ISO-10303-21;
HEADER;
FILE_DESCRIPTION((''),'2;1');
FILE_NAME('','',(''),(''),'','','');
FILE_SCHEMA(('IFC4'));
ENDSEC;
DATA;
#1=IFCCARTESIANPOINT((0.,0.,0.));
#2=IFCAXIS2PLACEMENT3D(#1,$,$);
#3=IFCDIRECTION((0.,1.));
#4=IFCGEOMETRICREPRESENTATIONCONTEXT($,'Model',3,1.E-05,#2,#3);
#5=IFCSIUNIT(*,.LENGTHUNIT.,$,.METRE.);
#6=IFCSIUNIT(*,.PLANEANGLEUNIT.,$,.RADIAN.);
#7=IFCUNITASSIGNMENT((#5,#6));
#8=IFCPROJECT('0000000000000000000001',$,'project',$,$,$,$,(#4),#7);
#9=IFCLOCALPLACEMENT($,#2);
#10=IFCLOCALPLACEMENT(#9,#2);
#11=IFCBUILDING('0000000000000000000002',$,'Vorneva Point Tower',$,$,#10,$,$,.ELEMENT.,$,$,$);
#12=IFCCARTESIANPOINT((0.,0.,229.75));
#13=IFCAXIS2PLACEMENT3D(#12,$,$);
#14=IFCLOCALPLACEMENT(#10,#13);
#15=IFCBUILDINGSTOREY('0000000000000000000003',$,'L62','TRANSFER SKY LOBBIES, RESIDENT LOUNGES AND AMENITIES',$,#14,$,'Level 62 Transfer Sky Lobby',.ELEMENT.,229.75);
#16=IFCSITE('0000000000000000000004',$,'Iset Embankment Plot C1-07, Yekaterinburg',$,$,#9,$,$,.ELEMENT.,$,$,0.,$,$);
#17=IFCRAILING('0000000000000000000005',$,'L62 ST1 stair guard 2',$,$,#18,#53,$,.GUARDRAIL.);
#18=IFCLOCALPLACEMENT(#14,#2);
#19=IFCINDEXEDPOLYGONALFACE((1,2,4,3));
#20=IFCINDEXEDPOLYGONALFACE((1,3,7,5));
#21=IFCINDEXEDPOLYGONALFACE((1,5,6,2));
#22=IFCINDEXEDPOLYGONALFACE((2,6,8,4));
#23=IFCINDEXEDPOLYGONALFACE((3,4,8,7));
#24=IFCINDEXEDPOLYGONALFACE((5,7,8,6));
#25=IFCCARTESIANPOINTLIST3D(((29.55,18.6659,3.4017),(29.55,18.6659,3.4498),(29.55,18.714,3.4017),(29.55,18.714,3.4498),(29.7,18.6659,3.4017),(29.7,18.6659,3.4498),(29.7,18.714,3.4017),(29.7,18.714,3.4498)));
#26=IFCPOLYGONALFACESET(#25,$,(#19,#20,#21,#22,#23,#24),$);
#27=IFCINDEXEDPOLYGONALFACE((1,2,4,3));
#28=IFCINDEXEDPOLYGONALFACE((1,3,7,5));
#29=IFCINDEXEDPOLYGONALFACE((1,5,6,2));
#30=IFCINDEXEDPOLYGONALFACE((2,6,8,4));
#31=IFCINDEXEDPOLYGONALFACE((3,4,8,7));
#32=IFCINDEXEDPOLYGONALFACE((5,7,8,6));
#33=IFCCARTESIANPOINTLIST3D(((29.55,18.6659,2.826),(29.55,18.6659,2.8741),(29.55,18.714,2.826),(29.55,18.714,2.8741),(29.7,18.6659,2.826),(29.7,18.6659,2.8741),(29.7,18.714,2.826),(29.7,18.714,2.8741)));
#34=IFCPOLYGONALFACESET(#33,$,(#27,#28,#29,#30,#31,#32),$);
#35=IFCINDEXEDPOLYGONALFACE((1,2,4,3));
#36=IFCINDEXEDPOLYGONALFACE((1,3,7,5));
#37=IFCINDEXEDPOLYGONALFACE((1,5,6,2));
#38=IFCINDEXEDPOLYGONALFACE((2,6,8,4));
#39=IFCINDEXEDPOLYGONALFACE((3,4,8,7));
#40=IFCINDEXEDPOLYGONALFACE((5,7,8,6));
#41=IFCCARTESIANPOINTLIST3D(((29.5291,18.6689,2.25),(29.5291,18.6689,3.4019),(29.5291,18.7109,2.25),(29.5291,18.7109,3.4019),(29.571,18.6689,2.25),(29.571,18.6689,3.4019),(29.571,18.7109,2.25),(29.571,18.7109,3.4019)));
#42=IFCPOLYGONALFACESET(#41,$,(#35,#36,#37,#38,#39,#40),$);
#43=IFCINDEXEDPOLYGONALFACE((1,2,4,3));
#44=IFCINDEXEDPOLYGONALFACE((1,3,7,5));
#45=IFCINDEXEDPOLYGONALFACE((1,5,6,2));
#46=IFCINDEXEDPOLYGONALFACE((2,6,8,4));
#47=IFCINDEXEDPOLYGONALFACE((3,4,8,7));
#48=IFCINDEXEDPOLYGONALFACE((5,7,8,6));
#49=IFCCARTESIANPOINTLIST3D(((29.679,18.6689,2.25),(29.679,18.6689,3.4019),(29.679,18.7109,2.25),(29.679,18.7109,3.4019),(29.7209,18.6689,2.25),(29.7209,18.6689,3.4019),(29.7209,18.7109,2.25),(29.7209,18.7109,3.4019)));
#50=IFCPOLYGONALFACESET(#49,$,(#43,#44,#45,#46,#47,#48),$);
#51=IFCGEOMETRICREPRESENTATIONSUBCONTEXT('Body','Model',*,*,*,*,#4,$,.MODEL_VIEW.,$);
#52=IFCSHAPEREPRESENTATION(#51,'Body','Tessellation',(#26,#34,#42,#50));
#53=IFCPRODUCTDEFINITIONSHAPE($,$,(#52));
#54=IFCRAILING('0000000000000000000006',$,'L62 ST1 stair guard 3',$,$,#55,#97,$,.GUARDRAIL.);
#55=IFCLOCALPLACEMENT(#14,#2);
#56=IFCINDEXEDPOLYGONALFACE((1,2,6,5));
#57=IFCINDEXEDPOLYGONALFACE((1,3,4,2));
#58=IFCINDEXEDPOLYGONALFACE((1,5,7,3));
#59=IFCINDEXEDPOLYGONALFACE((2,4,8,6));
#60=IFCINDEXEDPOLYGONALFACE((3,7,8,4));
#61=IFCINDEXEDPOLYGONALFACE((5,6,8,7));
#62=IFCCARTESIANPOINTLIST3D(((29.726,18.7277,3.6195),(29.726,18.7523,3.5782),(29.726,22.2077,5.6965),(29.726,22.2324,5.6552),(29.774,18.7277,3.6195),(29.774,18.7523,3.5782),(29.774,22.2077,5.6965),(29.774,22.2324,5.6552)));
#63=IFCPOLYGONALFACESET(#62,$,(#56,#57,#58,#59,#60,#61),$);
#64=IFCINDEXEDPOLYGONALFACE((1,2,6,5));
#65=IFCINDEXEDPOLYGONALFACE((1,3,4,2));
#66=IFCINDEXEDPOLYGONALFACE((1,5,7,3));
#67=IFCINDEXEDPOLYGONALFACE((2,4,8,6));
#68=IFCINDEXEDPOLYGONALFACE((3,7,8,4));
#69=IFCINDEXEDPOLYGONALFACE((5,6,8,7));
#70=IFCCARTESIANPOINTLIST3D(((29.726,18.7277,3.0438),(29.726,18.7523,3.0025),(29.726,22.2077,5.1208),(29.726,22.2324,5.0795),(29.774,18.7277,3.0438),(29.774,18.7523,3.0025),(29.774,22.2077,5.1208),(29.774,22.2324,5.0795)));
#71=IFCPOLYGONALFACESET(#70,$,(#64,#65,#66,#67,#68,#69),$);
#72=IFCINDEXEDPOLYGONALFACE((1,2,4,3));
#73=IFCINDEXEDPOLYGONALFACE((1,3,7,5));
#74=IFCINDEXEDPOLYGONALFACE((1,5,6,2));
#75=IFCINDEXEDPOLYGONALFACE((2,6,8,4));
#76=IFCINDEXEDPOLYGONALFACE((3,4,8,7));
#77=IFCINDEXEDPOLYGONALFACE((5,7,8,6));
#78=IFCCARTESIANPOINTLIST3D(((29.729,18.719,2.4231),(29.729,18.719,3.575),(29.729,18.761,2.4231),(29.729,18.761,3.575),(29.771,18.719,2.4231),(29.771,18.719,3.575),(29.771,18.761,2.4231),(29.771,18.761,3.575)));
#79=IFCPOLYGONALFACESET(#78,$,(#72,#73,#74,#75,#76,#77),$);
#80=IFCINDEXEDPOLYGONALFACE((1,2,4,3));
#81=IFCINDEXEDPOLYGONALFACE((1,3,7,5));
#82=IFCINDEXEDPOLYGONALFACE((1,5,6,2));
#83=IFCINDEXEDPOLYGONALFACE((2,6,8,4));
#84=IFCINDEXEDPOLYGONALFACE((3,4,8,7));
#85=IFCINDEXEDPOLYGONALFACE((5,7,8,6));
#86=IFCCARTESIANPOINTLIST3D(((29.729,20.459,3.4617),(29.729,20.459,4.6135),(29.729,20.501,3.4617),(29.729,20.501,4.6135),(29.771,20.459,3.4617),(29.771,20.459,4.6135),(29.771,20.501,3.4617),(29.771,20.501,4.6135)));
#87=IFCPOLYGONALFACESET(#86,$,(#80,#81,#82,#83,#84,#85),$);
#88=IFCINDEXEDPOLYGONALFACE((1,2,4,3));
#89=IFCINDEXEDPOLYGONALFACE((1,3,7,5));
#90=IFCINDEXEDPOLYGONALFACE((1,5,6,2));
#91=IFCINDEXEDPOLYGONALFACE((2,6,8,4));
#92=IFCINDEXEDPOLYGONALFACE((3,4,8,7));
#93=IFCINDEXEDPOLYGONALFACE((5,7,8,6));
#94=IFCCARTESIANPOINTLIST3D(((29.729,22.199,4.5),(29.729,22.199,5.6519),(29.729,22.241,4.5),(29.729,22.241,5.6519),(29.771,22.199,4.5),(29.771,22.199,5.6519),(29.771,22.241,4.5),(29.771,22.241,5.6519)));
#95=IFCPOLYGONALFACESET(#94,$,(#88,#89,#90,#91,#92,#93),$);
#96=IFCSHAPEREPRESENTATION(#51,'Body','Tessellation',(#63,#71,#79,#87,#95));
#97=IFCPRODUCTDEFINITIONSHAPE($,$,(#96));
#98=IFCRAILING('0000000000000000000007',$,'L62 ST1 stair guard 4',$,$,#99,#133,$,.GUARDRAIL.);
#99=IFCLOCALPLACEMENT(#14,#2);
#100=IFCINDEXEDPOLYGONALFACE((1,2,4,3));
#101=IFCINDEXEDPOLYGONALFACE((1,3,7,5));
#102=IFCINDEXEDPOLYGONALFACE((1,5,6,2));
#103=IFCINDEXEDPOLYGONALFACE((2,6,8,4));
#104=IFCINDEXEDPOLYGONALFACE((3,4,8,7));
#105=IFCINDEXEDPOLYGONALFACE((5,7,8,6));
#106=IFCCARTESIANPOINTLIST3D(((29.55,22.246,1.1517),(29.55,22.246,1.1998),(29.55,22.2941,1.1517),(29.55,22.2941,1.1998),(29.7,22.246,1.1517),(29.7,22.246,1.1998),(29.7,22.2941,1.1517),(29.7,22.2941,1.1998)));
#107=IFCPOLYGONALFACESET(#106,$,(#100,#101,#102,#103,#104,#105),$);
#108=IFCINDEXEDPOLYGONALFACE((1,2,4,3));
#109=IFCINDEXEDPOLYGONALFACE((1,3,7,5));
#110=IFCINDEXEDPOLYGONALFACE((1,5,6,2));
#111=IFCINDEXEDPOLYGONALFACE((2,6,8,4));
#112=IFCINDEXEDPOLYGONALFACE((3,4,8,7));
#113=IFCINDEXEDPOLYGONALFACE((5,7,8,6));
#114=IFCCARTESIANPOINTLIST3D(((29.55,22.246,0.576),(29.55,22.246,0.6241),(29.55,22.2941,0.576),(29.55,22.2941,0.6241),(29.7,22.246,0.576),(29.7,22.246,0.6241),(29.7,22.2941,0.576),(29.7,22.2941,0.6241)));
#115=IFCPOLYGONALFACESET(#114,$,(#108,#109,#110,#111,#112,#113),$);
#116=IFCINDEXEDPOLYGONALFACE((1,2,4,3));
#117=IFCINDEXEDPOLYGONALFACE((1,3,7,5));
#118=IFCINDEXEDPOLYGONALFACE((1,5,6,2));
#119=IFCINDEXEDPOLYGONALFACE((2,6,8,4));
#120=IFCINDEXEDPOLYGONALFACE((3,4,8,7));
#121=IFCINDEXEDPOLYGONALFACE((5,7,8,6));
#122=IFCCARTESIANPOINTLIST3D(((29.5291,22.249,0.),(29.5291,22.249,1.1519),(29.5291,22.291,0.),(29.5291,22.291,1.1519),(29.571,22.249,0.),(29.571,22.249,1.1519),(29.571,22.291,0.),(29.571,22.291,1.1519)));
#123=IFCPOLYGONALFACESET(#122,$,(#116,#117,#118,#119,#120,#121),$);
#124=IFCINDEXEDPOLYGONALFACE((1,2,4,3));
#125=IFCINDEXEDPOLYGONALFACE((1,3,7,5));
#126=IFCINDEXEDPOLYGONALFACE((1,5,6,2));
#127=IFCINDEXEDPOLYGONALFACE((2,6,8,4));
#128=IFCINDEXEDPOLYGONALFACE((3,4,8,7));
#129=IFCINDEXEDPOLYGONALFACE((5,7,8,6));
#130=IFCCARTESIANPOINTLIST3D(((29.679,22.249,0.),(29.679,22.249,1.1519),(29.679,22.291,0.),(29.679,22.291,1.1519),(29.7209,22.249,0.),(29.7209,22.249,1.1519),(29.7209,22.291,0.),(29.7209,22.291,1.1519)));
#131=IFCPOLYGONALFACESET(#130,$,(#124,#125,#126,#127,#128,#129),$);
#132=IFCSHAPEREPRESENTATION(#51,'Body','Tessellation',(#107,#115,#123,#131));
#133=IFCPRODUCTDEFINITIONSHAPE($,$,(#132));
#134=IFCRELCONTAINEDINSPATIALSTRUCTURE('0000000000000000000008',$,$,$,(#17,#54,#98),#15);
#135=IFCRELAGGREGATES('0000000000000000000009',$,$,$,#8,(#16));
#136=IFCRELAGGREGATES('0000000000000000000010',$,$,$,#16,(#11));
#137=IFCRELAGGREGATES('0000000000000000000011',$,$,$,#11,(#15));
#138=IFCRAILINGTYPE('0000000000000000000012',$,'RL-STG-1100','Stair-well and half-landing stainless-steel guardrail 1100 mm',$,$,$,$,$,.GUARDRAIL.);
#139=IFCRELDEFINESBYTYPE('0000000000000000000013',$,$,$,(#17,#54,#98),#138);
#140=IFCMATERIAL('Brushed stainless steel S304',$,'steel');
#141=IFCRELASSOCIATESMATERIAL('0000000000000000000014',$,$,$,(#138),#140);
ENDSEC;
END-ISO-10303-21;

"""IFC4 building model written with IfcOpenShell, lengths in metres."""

from ifc_helpers import new_model, si_unit, direction, frame, origin, origin_2d, place, context, subcontext, project, spatial, rectangle, extrude, material, type_object, element, save


model = new_model("IFC4")

# Units and contexts
model_context = context("Model", 3, precision=1e-05, world=origin(), true_north=direction((0.0, 1.0)))
body_context = subcontext(model_context, "Body", "Model", "MODEL_VIEW")
ifc_project = project(units=[si_unit("LENGTHUNIT", "METRE"), si_unit("PLANEANGLEUNIT", "RADIAN")], contexts=[model_context])

# Site, building, storey
site_placement = place(None, origin())
site = spatial("IfcSite", under=ifc_project, at=site_placement, Name="Iset Embankment Plot C1-07, Yekaterinburg", CompositionType="ELEMENT", RefElevation=0.0)
building_placement = place(site_placement, origin())
building = spatial("IfcBuilding", under=site, at=building_placement, Name="Vorneva Point Tower", CompositionType="ELEMENT")
storey_placement = place(building_placement, frame((0.0, 0.0, 229.75)))
storey = spatial("IfcBuildingStorey", under=building, at=storey_placement, Name="L62", Description="TRANSFER SKY LOBBIES, RESIDENT LOUNGES AND AMENITIES", LongName="Level 62 Transfer Sky Lobby", CompositionType="ELEMENT", Elevation=229.75)

# Railings
ifc_material_1 = material(Name="Brushed stainless steel S304", Category="steel")
railing_type_1 = type_object("IfcRailingType", Name="RL-STG-1100", Description="Stair-well and half-landing stainless-steel guardrail 1100 mm", PredefinedType="GUARDRAIL", material=ifc_material_1)
railing_1_placement = place(storey_placement, frame((29.55, 18.6899, 2.25)))
element("IfcRailing", 1, at=railing_1_placement, inside=storey, type_object=railing_type_1, Name="L62 ST1 stair guard 2", PredefinedType="GUARDRAIL", context=body_context, shape_type="SweptSolid", body=[
    extrude(rectangle(XDim=0.0481, YDim=0.0481, at=origin_2d()), frame((0.0, 0.0, 1.1758), z_axis=(1.0, 0.0, 0.0), x_axis=(0.0, 1.0, 0.0)), (0.0, 0.0, 1.0), 0.1499),
    extrude(rectangle(XDim=0.0481, YDim=0.0481, at=origin_2d()), frame((0.0, 0.0, 0.6001), z_axis=(1.0, 0.0, 0.0), x_axis=(0.0, 1.0, 0.0)), (0.0, 0.0, 1.0), 0.1499),
    extrude(rectangle(XDim=0.042, YDim=0.042, at=origin_2d()), origin(), (0.0, 0.0, 1.0), 1.1519),
    extrude(rectangle(XDim=0.042, YDim=0.042, at=origin_2d()), frame((0.1499, 0.0, 0.0)), (0.0, 0.0, 1.0), 1.1519),
])
railing_2_placement = place(storey_placement, frame((29.75, 18.74, 2.4231)))
element("IfcRailing", 2, at=railing_2_placement, inside=storey, type_object=railing_type_1, Name="L62 ST1 stair guard 3", PredefinedType="GUARDRAIL", context=body_context, shape_type="SweptSolid", body=[
    extrude(rectangle(XDim=0.0481, YDim=0.0481, at=origin_2d()), frame((0.0, 0.0, 1.1758), z_axis=(0.0, 0.858697, 0.512483), x_axis=(-1.0, 0.0, 0.0)), (0.0, 0.0, 1.0), 4.0527),
    extrude(rectangle(XDim=0.0481, YDim=0.0481, at=origin_2d()), frame((0.0, 0.0, 0.6001), z_axis=(0.0, 0.858697, 0.512483), x_axis=(-1.0, 0.0, 0.0)), (0.0, 0.0, 1.0), 4.0527),
    extrude(rectangle(XDim=0.042, YDim=0.042, at=origin_2d()), origin(), (0.0, 0.0, 1.0), 1.1519),
    extrude(rectangle(XDim=0.042, YDim=0.042, at=origin_2d()), frame((0.0, 1.74, 1.0386)), (0.0, 0.0, 1.0), 1.1519),
    extrude(rectangle(XDim=0.042, YDim=0.042, at=origin_2d()), frame((0.0, 3.48, 2.0769)), (0.0, 0.0, 1.0), 1.1519),
])
railing_3_placement = place(storey_placement, frame((29.55, 22.27, 0.0)))
element("IfcRailing", 3, at=railing_3_placement, inside=storey, type_object=railing_type_1, Name="L62 ST1 stair guard 4", PredefinedType="GUARDRAIL", context=body_context, shape_type="SweptSolid", body=[
    extrude(rectangle(XDim=0.0481, YDim=0.0481, at=origin_2d()), frame((0.0, 0.0, 1.1758), z_axis=(1.0, 0.0, 0.0), x_axis=(0.0, 1.0, 0.0)), (0.0, 0.0, 1.0), 0.1499),
    extrude(rectangle(XDim=0.0481, YDim=0.0481, at=origin_2d()), frame((0.0, 0.0, 0.6001), z_axis=(1.0, 0.0, 0.0), x_axis=(0.0, 1.0, 0.0)), (0.0, 0.0, 1.0), 0.1499),
    extrude(rectangle(XDim=0.042, YDim=0.042, at=origin_2d()), origin(), (0.0, 0.0, 1.0), 1.1519),
    extrude(rectangle(XDim=0.042, YDim=0.042, at=origin_2d()), frame((0.1499, 0.0, 0.0)), (0.0, 0.0, 1.0), 1.1519),
])

save(model, "model.ifc")
